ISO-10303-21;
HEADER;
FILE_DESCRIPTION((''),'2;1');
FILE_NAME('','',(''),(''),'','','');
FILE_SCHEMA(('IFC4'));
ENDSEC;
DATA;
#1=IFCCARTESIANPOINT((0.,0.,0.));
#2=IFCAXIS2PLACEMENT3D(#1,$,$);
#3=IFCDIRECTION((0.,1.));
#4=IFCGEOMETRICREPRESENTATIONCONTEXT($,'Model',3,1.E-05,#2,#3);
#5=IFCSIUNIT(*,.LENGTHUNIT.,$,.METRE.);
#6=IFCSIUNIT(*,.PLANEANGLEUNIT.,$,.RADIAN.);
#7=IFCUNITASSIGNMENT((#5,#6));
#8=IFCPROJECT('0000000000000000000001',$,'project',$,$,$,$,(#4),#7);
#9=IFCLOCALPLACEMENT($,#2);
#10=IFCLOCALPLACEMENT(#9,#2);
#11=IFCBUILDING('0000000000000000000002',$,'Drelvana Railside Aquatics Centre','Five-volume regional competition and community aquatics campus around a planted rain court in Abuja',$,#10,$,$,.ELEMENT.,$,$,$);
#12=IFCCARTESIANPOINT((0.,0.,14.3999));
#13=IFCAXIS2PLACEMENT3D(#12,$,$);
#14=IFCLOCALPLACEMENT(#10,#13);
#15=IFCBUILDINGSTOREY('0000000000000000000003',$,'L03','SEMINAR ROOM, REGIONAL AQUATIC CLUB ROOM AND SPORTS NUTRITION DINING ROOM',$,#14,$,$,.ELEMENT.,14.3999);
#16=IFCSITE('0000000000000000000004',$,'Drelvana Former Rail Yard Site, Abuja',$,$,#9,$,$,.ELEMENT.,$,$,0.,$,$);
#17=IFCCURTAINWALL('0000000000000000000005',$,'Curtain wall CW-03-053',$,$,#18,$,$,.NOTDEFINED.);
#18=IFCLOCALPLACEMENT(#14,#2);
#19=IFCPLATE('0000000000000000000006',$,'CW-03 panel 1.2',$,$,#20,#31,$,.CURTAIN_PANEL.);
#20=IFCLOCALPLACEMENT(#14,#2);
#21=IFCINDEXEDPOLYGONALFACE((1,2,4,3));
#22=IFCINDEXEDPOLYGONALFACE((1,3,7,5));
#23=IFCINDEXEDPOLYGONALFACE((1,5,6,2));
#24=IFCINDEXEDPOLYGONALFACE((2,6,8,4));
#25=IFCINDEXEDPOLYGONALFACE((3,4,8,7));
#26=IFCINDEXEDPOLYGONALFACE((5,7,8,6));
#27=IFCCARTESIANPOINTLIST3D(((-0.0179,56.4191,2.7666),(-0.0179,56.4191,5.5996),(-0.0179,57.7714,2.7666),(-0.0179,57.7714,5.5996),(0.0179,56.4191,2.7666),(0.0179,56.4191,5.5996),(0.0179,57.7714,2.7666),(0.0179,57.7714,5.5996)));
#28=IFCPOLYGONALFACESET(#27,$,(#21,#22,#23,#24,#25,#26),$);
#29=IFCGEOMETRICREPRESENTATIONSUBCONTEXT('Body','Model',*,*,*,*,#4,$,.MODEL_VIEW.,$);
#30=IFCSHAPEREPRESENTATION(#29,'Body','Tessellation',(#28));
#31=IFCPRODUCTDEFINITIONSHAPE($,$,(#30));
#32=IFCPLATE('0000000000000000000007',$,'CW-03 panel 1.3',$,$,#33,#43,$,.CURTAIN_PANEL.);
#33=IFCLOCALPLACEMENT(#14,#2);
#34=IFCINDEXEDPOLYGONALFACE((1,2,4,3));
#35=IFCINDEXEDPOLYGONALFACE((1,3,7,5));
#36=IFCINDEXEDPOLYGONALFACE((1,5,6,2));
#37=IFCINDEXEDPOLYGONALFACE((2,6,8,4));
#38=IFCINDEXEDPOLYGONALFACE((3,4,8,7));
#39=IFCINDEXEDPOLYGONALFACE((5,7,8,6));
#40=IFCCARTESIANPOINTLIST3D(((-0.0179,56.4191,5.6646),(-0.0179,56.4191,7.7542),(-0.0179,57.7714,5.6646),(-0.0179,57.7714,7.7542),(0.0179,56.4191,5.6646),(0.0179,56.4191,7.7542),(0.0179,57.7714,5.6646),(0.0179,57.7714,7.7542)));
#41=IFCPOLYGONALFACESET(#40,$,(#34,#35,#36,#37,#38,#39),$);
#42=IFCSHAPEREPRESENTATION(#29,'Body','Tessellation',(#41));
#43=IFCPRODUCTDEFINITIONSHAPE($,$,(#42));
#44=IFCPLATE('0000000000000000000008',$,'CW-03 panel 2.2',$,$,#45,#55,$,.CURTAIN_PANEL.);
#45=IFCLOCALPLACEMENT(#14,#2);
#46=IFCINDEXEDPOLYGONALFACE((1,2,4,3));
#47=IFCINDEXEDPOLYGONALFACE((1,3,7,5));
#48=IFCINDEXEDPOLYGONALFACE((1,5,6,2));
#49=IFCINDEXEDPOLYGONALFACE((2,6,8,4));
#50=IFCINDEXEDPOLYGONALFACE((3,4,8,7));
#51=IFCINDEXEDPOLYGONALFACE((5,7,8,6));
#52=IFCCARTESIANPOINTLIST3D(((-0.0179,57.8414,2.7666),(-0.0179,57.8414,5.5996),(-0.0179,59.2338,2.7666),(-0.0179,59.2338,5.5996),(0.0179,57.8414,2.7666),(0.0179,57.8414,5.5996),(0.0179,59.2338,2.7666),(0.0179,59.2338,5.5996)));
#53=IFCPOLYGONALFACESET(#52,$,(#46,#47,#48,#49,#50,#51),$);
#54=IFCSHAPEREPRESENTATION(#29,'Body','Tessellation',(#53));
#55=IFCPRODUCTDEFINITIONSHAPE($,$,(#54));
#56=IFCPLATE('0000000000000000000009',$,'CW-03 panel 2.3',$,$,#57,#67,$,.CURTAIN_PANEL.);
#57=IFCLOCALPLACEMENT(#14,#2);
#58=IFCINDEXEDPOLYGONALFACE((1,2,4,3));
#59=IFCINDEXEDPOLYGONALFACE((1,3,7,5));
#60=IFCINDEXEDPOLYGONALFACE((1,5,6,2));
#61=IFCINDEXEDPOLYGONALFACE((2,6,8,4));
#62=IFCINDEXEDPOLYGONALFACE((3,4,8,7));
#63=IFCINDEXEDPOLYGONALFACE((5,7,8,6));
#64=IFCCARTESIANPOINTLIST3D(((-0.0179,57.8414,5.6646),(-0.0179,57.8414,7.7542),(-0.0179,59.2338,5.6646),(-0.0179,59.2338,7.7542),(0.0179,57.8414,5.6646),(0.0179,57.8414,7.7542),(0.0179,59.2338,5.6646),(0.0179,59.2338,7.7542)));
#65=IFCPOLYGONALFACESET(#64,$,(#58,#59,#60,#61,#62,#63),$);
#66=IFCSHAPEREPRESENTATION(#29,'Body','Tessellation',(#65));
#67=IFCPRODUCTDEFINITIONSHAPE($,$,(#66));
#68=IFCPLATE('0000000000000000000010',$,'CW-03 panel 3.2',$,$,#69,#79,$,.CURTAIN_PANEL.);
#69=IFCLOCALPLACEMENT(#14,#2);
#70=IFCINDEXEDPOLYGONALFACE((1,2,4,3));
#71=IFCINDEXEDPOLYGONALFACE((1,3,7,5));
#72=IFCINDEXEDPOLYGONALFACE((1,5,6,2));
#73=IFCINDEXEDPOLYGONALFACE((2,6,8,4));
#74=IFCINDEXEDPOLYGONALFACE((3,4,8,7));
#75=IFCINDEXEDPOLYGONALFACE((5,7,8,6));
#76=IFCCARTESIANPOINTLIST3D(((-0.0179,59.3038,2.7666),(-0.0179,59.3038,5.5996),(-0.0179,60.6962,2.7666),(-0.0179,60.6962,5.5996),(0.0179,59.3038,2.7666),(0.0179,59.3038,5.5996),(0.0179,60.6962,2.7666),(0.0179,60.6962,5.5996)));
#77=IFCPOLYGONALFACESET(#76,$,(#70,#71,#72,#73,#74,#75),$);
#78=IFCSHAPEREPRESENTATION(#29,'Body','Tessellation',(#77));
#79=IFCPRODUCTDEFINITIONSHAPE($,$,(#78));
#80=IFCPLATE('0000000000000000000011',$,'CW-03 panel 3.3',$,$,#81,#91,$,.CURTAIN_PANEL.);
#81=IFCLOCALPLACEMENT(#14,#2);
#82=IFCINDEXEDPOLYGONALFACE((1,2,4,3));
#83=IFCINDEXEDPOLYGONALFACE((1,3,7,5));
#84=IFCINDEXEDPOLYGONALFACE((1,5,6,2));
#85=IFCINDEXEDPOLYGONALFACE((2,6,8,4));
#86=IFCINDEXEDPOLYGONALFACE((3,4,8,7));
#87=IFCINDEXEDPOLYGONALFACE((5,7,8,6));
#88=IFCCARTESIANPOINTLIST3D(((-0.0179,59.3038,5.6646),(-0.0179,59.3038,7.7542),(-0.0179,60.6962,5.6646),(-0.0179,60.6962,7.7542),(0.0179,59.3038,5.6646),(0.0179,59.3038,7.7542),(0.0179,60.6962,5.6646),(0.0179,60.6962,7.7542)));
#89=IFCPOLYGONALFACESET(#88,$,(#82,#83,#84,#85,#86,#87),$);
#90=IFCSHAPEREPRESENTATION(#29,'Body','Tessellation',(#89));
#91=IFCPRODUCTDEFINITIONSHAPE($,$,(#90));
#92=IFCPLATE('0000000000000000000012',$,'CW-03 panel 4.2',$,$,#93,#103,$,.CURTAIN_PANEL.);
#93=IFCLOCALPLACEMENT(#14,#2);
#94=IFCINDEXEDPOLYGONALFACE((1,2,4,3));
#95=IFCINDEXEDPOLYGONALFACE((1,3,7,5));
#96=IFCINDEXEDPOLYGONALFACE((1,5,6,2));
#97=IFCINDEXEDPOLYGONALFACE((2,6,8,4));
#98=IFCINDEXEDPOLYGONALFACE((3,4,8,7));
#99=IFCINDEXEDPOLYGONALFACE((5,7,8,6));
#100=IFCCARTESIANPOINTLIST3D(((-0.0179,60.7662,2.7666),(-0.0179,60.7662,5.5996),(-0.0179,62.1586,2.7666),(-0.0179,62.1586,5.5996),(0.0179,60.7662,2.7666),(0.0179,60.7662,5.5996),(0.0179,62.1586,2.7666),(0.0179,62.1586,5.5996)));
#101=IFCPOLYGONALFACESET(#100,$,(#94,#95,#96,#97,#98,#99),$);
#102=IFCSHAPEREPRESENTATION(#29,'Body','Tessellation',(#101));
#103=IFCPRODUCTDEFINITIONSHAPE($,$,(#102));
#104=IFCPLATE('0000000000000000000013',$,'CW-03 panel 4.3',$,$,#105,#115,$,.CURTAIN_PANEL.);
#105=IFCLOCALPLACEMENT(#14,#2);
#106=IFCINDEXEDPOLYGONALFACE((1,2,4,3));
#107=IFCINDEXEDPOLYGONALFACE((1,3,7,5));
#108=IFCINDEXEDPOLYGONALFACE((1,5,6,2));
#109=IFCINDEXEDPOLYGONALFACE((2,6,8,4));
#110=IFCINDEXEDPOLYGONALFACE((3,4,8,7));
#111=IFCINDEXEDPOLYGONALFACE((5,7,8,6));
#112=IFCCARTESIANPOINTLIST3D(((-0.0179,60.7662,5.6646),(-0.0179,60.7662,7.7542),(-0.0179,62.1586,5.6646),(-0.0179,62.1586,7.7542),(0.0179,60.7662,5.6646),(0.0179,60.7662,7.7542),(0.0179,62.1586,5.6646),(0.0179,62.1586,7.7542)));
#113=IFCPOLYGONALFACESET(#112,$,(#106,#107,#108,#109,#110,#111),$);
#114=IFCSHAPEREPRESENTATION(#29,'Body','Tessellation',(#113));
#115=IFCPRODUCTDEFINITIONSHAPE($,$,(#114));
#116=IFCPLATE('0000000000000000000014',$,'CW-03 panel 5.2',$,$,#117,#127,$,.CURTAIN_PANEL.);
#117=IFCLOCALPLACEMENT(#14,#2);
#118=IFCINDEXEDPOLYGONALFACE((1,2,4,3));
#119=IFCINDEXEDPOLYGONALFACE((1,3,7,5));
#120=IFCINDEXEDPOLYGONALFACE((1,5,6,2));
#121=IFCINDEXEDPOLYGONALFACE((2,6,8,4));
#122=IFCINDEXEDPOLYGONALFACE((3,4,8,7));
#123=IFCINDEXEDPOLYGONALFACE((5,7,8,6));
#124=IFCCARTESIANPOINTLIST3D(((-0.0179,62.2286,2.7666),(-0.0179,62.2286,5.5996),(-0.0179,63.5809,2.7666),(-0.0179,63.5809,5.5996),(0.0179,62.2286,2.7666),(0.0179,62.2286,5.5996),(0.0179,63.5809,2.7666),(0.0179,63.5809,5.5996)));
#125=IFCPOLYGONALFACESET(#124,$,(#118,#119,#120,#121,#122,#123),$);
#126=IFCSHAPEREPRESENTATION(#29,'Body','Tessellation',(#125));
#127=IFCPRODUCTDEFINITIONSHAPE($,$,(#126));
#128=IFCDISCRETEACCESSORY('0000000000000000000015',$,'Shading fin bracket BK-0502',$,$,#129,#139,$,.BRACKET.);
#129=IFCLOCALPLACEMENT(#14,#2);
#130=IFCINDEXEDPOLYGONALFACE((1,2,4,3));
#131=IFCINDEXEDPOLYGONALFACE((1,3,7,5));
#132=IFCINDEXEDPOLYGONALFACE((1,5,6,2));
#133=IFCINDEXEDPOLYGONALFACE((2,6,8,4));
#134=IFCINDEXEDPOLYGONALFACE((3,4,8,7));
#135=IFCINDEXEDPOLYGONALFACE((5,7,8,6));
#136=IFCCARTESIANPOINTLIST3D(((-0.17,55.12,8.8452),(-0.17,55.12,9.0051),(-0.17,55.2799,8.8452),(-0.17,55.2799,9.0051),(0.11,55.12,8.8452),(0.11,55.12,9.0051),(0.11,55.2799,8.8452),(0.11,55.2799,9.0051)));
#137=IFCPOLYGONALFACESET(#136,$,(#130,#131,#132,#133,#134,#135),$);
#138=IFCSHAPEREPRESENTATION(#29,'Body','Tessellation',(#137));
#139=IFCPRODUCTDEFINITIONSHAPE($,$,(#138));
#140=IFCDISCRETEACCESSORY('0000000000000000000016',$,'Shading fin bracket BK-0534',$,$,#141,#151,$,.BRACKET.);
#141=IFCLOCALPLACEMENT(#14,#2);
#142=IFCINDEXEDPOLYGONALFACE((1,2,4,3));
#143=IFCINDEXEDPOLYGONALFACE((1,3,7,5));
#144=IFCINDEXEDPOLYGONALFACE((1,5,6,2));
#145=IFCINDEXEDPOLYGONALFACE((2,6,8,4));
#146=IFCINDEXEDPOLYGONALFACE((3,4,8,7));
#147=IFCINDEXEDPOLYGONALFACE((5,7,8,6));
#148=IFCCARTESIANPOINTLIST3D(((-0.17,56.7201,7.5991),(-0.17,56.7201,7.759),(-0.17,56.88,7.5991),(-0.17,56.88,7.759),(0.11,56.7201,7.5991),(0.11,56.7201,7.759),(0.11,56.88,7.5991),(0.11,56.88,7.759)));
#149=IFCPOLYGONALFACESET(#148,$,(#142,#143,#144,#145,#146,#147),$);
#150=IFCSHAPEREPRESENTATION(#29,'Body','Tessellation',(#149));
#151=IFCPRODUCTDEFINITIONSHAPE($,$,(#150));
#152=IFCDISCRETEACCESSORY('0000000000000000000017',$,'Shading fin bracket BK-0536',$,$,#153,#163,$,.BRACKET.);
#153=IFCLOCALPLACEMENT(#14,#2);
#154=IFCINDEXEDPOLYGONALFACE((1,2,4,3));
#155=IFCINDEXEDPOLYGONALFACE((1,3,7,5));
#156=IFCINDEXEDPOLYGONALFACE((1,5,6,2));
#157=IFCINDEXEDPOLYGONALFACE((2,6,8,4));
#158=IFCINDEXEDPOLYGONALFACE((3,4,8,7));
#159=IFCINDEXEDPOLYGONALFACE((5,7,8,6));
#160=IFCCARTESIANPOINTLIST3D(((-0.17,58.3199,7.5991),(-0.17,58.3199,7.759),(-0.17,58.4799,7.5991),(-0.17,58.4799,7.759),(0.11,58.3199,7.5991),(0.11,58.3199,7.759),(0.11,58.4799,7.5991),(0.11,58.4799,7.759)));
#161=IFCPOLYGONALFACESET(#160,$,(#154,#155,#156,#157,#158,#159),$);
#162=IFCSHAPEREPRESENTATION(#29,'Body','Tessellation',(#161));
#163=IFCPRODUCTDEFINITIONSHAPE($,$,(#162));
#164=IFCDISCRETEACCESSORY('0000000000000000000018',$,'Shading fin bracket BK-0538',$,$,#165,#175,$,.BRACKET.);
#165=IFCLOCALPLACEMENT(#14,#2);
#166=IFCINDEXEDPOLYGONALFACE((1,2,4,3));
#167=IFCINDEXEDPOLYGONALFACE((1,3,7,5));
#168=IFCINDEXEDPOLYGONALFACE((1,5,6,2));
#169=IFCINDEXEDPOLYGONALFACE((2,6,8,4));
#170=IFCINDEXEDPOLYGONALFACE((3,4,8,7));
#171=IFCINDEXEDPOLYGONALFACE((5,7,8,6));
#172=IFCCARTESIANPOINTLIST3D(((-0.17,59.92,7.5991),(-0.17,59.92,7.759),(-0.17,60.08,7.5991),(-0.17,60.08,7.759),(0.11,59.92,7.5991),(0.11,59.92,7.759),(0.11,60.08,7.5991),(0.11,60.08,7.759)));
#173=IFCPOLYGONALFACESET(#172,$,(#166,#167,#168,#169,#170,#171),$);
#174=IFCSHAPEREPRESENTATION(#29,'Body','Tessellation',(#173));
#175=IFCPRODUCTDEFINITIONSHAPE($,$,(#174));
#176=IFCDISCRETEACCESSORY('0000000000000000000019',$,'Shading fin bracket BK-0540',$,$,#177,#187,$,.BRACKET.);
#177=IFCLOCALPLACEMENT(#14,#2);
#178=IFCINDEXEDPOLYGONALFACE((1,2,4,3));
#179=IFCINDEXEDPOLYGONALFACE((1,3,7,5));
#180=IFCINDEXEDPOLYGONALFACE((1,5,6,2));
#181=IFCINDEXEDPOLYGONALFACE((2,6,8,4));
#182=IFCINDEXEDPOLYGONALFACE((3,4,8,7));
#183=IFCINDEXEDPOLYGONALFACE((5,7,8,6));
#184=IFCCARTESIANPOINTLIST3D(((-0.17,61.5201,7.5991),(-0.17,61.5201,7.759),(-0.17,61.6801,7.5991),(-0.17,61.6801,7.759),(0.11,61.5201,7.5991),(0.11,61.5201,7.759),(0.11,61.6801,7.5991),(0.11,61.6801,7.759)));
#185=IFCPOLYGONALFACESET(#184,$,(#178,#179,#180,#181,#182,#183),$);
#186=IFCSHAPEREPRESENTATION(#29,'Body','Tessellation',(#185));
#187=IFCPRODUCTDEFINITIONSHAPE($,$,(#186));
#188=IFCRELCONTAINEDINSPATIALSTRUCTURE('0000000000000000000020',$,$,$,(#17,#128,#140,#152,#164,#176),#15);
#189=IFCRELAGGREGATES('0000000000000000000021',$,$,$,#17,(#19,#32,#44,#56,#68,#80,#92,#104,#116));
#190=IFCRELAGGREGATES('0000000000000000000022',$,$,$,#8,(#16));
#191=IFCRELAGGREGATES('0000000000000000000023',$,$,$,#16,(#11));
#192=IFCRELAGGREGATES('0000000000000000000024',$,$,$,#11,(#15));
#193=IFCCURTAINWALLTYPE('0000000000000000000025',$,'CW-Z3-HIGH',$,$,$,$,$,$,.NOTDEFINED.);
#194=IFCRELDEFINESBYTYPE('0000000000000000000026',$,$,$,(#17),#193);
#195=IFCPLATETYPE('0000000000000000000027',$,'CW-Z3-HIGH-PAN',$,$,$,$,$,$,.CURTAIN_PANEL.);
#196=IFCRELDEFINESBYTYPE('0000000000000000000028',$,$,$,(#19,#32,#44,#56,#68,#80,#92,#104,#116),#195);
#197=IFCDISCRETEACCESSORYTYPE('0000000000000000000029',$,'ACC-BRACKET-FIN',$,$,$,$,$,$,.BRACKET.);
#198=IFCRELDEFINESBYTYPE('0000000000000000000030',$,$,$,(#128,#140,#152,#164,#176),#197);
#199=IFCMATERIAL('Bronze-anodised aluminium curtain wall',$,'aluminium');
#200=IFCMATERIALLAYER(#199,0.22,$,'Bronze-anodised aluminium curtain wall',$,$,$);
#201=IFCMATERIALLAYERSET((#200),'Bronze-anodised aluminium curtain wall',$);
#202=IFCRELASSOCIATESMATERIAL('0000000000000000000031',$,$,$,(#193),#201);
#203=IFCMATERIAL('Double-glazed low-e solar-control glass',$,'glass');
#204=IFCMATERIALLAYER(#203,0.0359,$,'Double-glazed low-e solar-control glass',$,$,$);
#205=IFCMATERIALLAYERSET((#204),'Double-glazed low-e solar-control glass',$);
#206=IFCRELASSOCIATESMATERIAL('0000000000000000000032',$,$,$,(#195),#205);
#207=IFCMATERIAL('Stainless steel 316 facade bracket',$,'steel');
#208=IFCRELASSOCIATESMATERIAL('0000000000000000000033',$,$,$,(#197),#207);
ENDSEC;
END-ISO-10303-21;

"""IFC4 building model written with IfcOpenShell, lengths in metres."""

from ifc_helpers import new_model, si_unit, direction, frame, origin, origin_2d, place, context, subcontext, project, spatial, rectangle, extrude, material, layer, layer_set, type_object, element, aggregate, save


model = new_model("IFC4")

# Units and contexts
model_context = context("Model", 3, precision=1e-05, world=origin(), true_north=direction((0.0, 1.0)))
body_context = subcontext(model_context, "Body", "Model", "MODEL_VIEW")
ifc_project = project(units=[si_unit("LENGTHUNIT", "METRE"), si_unit("PLANEANGLEUNIT", "RADIAN")], contexts=[model_context])

# Site, building, storey
site_placement = place(None, origin())
site = spatial("IfcSite", under=ifc_project, at=site_placement, Name="Drelvana Former Rail Yard Site, Abuja", CompositionType="ELEMENT", RefElevation=0.0)
building_placement = place(site_placement, origin())
building = spatial("IfcBuilding", under=site, at=building_placement, Name="Drelvana Railside Aquatics Centre", Description="Five-volume regional competition and community aquatics campus around a planted rain court in Abuja", CompositionType="ELEMENT")
storey_placement = place(building_placement, frame((0.0, 0.0, 14.3999)))
storey = spatial("IfcBuildingStorey", under=building, at=storey_placement, Name="L03", Description="SEMINAR ROOM, REGIONAL AQUATIC CLUB ROOM AND SPORTS NUTRITION DINING ROOM", CompositionType="ELEMENT", Elevation=14.3999)

# Curtain wall, plates
ifc_material_1 = material(Name="Bronze-anodised aluminium curtain wall", Category="aluminium")
ifc_layer_1 = layer(ifc_material_1, 0.22, Name="Bronze-anodised aluminium curtain wall")
ifc_layer_set_1 = layer_set([ifc_layer_1], Name="Bronze-anodised aluminium curtain wall")
curtain_wall_type = type_object("IfcCurtainWallType", Name="CW-Z3-HIGH", PredefinedType="NOTDEFINED", material=ifc_layer_set_1)
curtain_wall_placement = place(storey_placement, origin())
curtain_wall = element("IfcCurtainWall", 1, at=curtain_wall_placement, inside=storey, type_object=curtain_wall_type, Name="Curtain wall CW-03-053", PredefinedType="NOTDEFINED")
ifc_material_2 = material(Name="Double-glazed low-e solar-control glass", Category="glass")
ifc_layer_2 = layer(ifc_material_2, 0.0359, Name="Double-glazed low-e solar-control glass")
ifc_layer_set_2 = layer_set([ifc_layer_2], Name="Double-glazed low-e solar-control glass")
plate_type = type_object("IfcPlateType", Name="CW-Z3-HIGH-PAN", PredefinedType="CURTAIN_PANEL", material=ifc_layer_set_2)
plate_1_placement = place(storey_placement, frame((0.0, 57.0952, 2.7666), z_axis=(0.0, 0.0, 1.0), x_axis=(0.0, 1.0, 0.0)))
plate_1 = element("IfcPlate", 2, at=plate_1_placement, type_object=plate_type, Name="CW-03 panel 1.2", PredefinedType="CURTAIN_PANEL", context=body_context, shape_type="SweptSolid", body=[
    extrude(rectangle(XDim=1.3523, YDim=0.0359, at=origin_2d()), origin(), (0.0, 0.0, 1.0), 2.833),
])
plate_2_placement = place(storey_placement, frame((0.0, 57.0952, 5.6646), z_axis=(0.0, 0.0, 1.0), x_axis=(0.0, 1.0, 0.0)))
plate_2 = element("IfcPlate", 3, at=plate_2_placement, type_object=plate_type, Name="CW-03 panel 1.3", PredefinedType="CURTAIN_PANEL", context=body_context, shape_type="SweptSolid", body=[
    extrude(rectangle(XDim=1.3523, YDim=0.0359, at=origin_2d()), origin(), (0.0, 0.0, 1.0), 2.0896),
])
plate_3_placement = place(storey_placement, frame((0.0, 58.5376, 2.7666), z_axis=(0.0, 0.0, 1.0), x_axis=(0.0, 1.0, 0.0)))
plate_3 = element("IfcPlate", 4, at=plate_3_placement, type_object=plate_type, Name="CW-03 panel 2.2", PredefinedType="CURTAIN_PANEL", context=body_context, shape_type="SweptSolid", body=[
    extrude(rectangle(XDim=1.3923, YDim=0.0359, at=origin_2d()), origin(), (0.0, 0.0, 1.0), 2.833),
])
plate_4_placement = place(storey_placement, frame((0.0, 58.5376, 5.6646), z_axis=(0.0, 0.0, 1.0), x_axis=(0.0, 1.0, 0.0)))
plate_4 = element("IfcPlate", 5, at=plate_4_placement, type_object=plate_type, Name="CW-03 panel 2.3", PredefinedType="CURTAIN_PANEL", context=body_context, shape_type="SweptSolid", body=[
    extrude(rectangle(XDim=1.3923, YDim=0.0359, at=origin_2d()), origin(), (0.0, 0.0, 1.0), 2.0896),
])
plate_5_placement = place(storey_placement, frame((0.0, 60.0, 2.7666), z_axis=(0.0, 0.0, 1.0), x_axis=(0.0, 1.0, 0.0)))
plate_5 = element("IfcPlate", 6, at=plate_5_placement, type_object=plate_type, Name="CW-03 panel 3.2", PredefinedType="CURTAIN_PANEL", context=body_context, shape_type="SweptSolid", body=[
    extrude(rectangle(XDim=1.3923, YDim=0.0359, at=origin_2d()), origin(), (0.0, 0.0, 1.0), 2.833),
])
plate_6_placement = place(storey_placement, frame((0.0, 60.0, 5.6646), z_axis=(0.0, 0.0, 1.0), x_axis=(0.0, 1.0, 0.0)))
plate_6 = element("IfcPlate", 7, at=plate_6_placement, type_object=plate_type, Name="CW-03 panel 3.3", PredefinedType="CURTAIN_PANEL", context=body_context, shape_type="SweptSolid", body=[
    extrude(rectangle(XDim=1.3923, YDim=0.0359, at=origin_2d()), origin(), (0.0, 0.0, 1.0), 2.0896),
])
plate_7_placement = place(storey_placement, frame((0.0, 61.4624, 2.7666), z_axis=(0.0, 0.0, 1.0), x_axis=(0.0, 1.0, 0.0)))
plate_7 = element("IfcPlate", 8, at=plate_7_placement, type_object=plate_type, Name="CW-03 panel 4.2", PredefinedType="CURTAIN_PANEL", context=body_context, shape_type="SweptSolid", body=[
    extrude(rectangle(XDim=1.3923, YDim=0.0359, at=origin_2d()), origin(), (0.0, 0.0, 1.0), 2.833),
])
plate_8_placement = place(storey_placement, frame((0.0, 61.4624, 5.6646), z_axis=(0.0, 0.0, 1.0), x_axis=(0.0, 1.0, 0.0)))
plate_8 = element("IfcPlate", 9, at=plate_8_placement, type_object=plate_type, Name="CW-03 panel 4.3", PredefinedType="CURTAIN_PANEL", context=body_context, shape_type="SweptSolid", body=[
    extrude(rectangle(XDim=1.3923, YDim=0.0359, at=origin_2d()), origin(), (0.0, 0.0, 1.0), 2.0896),
])
plate_9_placement = place(storey_placement, frame((0.0, 62.9048, 2.7666), z_axis=(0.0, 0.0, 1.0), x_axis=(0.0, 1.0, 0.0)))
plate_9 = element("IfcPlate", 10, at=plate_9_placement, type_object=plate_type, Name="CW-03 panel 5.2", PredefinedType="CURTAIN_PANEL", context=body_context, shape_type="SweptSolid", body=[
    extrude(rectangle(XDim=1.3523, YDim=0.0359, at=origin_2d()), origin(), (0.0, 0.0, 1.0), 2.833),
])
aggregate(curtain_wall, [plate_1, plate_2, plate_3, plate_4, plate_5, plate_6, plate_7, plate_8, plate_9])

# Discrete accessories
ifc_material_3 = material(Name="Stainless steel 316 facade bracket", Category="steel")
discrete_accessory_type = type_object("IfcDiscreteAccessoryType", Name="ACC-BRACKET-FIN", PredefinedType="BRACKET", material=ifc_material_3)
for number, where, z_axis, x_axis, name in (
    (11, (-0.03, 55.2, 8.8452), (0.0, 0.0, 1.0), (-1.0, 0.0, 0.0), "Shading fin bracket BK-0502"),
    (12, (-0.03, 56.8, 7.5991), (0.0, 0.0, 1.0), (-1.0, 0.0, 0.0), "Shading fin bracket BK-0534"),
    (13, (-0.03, 58.3999, 7.5991), (0.0, 0.0, 1.0), (-1.0, 0.0, 0.0), "Shading fin bracket BK-0536"),
    (14, (-0.03, 60.0, 7.5991), (0.0, 0.0, 1.0), (-1.0, 0.0, 0.0), "Shading fin bracket BK-0538"),
    (15, (-0.03, 61.6001, 7.5991), (0.0, 0.0, 1.0), (-1.0, 0.0, 0.0), "Shading fin bracket BK-0540"),
):
    element("IfcDiscreteAccessory", number, at=place(storey_placement, frame(where, z_axis=z_axis, x_axis=x_axis)), inside=storey, type_object=discrete_accessory_type, Name=name, PredefinedType="BRACKET", context=body_context, shape_type="SweptSolid", body=[
        extrude(rectangle(XDim=0.28, YDim=0.1599, at=origin_2d()), origin(), (0.0, 0.0, 1.0), 0.1599),
    ])

save(model, "model.ifc")
